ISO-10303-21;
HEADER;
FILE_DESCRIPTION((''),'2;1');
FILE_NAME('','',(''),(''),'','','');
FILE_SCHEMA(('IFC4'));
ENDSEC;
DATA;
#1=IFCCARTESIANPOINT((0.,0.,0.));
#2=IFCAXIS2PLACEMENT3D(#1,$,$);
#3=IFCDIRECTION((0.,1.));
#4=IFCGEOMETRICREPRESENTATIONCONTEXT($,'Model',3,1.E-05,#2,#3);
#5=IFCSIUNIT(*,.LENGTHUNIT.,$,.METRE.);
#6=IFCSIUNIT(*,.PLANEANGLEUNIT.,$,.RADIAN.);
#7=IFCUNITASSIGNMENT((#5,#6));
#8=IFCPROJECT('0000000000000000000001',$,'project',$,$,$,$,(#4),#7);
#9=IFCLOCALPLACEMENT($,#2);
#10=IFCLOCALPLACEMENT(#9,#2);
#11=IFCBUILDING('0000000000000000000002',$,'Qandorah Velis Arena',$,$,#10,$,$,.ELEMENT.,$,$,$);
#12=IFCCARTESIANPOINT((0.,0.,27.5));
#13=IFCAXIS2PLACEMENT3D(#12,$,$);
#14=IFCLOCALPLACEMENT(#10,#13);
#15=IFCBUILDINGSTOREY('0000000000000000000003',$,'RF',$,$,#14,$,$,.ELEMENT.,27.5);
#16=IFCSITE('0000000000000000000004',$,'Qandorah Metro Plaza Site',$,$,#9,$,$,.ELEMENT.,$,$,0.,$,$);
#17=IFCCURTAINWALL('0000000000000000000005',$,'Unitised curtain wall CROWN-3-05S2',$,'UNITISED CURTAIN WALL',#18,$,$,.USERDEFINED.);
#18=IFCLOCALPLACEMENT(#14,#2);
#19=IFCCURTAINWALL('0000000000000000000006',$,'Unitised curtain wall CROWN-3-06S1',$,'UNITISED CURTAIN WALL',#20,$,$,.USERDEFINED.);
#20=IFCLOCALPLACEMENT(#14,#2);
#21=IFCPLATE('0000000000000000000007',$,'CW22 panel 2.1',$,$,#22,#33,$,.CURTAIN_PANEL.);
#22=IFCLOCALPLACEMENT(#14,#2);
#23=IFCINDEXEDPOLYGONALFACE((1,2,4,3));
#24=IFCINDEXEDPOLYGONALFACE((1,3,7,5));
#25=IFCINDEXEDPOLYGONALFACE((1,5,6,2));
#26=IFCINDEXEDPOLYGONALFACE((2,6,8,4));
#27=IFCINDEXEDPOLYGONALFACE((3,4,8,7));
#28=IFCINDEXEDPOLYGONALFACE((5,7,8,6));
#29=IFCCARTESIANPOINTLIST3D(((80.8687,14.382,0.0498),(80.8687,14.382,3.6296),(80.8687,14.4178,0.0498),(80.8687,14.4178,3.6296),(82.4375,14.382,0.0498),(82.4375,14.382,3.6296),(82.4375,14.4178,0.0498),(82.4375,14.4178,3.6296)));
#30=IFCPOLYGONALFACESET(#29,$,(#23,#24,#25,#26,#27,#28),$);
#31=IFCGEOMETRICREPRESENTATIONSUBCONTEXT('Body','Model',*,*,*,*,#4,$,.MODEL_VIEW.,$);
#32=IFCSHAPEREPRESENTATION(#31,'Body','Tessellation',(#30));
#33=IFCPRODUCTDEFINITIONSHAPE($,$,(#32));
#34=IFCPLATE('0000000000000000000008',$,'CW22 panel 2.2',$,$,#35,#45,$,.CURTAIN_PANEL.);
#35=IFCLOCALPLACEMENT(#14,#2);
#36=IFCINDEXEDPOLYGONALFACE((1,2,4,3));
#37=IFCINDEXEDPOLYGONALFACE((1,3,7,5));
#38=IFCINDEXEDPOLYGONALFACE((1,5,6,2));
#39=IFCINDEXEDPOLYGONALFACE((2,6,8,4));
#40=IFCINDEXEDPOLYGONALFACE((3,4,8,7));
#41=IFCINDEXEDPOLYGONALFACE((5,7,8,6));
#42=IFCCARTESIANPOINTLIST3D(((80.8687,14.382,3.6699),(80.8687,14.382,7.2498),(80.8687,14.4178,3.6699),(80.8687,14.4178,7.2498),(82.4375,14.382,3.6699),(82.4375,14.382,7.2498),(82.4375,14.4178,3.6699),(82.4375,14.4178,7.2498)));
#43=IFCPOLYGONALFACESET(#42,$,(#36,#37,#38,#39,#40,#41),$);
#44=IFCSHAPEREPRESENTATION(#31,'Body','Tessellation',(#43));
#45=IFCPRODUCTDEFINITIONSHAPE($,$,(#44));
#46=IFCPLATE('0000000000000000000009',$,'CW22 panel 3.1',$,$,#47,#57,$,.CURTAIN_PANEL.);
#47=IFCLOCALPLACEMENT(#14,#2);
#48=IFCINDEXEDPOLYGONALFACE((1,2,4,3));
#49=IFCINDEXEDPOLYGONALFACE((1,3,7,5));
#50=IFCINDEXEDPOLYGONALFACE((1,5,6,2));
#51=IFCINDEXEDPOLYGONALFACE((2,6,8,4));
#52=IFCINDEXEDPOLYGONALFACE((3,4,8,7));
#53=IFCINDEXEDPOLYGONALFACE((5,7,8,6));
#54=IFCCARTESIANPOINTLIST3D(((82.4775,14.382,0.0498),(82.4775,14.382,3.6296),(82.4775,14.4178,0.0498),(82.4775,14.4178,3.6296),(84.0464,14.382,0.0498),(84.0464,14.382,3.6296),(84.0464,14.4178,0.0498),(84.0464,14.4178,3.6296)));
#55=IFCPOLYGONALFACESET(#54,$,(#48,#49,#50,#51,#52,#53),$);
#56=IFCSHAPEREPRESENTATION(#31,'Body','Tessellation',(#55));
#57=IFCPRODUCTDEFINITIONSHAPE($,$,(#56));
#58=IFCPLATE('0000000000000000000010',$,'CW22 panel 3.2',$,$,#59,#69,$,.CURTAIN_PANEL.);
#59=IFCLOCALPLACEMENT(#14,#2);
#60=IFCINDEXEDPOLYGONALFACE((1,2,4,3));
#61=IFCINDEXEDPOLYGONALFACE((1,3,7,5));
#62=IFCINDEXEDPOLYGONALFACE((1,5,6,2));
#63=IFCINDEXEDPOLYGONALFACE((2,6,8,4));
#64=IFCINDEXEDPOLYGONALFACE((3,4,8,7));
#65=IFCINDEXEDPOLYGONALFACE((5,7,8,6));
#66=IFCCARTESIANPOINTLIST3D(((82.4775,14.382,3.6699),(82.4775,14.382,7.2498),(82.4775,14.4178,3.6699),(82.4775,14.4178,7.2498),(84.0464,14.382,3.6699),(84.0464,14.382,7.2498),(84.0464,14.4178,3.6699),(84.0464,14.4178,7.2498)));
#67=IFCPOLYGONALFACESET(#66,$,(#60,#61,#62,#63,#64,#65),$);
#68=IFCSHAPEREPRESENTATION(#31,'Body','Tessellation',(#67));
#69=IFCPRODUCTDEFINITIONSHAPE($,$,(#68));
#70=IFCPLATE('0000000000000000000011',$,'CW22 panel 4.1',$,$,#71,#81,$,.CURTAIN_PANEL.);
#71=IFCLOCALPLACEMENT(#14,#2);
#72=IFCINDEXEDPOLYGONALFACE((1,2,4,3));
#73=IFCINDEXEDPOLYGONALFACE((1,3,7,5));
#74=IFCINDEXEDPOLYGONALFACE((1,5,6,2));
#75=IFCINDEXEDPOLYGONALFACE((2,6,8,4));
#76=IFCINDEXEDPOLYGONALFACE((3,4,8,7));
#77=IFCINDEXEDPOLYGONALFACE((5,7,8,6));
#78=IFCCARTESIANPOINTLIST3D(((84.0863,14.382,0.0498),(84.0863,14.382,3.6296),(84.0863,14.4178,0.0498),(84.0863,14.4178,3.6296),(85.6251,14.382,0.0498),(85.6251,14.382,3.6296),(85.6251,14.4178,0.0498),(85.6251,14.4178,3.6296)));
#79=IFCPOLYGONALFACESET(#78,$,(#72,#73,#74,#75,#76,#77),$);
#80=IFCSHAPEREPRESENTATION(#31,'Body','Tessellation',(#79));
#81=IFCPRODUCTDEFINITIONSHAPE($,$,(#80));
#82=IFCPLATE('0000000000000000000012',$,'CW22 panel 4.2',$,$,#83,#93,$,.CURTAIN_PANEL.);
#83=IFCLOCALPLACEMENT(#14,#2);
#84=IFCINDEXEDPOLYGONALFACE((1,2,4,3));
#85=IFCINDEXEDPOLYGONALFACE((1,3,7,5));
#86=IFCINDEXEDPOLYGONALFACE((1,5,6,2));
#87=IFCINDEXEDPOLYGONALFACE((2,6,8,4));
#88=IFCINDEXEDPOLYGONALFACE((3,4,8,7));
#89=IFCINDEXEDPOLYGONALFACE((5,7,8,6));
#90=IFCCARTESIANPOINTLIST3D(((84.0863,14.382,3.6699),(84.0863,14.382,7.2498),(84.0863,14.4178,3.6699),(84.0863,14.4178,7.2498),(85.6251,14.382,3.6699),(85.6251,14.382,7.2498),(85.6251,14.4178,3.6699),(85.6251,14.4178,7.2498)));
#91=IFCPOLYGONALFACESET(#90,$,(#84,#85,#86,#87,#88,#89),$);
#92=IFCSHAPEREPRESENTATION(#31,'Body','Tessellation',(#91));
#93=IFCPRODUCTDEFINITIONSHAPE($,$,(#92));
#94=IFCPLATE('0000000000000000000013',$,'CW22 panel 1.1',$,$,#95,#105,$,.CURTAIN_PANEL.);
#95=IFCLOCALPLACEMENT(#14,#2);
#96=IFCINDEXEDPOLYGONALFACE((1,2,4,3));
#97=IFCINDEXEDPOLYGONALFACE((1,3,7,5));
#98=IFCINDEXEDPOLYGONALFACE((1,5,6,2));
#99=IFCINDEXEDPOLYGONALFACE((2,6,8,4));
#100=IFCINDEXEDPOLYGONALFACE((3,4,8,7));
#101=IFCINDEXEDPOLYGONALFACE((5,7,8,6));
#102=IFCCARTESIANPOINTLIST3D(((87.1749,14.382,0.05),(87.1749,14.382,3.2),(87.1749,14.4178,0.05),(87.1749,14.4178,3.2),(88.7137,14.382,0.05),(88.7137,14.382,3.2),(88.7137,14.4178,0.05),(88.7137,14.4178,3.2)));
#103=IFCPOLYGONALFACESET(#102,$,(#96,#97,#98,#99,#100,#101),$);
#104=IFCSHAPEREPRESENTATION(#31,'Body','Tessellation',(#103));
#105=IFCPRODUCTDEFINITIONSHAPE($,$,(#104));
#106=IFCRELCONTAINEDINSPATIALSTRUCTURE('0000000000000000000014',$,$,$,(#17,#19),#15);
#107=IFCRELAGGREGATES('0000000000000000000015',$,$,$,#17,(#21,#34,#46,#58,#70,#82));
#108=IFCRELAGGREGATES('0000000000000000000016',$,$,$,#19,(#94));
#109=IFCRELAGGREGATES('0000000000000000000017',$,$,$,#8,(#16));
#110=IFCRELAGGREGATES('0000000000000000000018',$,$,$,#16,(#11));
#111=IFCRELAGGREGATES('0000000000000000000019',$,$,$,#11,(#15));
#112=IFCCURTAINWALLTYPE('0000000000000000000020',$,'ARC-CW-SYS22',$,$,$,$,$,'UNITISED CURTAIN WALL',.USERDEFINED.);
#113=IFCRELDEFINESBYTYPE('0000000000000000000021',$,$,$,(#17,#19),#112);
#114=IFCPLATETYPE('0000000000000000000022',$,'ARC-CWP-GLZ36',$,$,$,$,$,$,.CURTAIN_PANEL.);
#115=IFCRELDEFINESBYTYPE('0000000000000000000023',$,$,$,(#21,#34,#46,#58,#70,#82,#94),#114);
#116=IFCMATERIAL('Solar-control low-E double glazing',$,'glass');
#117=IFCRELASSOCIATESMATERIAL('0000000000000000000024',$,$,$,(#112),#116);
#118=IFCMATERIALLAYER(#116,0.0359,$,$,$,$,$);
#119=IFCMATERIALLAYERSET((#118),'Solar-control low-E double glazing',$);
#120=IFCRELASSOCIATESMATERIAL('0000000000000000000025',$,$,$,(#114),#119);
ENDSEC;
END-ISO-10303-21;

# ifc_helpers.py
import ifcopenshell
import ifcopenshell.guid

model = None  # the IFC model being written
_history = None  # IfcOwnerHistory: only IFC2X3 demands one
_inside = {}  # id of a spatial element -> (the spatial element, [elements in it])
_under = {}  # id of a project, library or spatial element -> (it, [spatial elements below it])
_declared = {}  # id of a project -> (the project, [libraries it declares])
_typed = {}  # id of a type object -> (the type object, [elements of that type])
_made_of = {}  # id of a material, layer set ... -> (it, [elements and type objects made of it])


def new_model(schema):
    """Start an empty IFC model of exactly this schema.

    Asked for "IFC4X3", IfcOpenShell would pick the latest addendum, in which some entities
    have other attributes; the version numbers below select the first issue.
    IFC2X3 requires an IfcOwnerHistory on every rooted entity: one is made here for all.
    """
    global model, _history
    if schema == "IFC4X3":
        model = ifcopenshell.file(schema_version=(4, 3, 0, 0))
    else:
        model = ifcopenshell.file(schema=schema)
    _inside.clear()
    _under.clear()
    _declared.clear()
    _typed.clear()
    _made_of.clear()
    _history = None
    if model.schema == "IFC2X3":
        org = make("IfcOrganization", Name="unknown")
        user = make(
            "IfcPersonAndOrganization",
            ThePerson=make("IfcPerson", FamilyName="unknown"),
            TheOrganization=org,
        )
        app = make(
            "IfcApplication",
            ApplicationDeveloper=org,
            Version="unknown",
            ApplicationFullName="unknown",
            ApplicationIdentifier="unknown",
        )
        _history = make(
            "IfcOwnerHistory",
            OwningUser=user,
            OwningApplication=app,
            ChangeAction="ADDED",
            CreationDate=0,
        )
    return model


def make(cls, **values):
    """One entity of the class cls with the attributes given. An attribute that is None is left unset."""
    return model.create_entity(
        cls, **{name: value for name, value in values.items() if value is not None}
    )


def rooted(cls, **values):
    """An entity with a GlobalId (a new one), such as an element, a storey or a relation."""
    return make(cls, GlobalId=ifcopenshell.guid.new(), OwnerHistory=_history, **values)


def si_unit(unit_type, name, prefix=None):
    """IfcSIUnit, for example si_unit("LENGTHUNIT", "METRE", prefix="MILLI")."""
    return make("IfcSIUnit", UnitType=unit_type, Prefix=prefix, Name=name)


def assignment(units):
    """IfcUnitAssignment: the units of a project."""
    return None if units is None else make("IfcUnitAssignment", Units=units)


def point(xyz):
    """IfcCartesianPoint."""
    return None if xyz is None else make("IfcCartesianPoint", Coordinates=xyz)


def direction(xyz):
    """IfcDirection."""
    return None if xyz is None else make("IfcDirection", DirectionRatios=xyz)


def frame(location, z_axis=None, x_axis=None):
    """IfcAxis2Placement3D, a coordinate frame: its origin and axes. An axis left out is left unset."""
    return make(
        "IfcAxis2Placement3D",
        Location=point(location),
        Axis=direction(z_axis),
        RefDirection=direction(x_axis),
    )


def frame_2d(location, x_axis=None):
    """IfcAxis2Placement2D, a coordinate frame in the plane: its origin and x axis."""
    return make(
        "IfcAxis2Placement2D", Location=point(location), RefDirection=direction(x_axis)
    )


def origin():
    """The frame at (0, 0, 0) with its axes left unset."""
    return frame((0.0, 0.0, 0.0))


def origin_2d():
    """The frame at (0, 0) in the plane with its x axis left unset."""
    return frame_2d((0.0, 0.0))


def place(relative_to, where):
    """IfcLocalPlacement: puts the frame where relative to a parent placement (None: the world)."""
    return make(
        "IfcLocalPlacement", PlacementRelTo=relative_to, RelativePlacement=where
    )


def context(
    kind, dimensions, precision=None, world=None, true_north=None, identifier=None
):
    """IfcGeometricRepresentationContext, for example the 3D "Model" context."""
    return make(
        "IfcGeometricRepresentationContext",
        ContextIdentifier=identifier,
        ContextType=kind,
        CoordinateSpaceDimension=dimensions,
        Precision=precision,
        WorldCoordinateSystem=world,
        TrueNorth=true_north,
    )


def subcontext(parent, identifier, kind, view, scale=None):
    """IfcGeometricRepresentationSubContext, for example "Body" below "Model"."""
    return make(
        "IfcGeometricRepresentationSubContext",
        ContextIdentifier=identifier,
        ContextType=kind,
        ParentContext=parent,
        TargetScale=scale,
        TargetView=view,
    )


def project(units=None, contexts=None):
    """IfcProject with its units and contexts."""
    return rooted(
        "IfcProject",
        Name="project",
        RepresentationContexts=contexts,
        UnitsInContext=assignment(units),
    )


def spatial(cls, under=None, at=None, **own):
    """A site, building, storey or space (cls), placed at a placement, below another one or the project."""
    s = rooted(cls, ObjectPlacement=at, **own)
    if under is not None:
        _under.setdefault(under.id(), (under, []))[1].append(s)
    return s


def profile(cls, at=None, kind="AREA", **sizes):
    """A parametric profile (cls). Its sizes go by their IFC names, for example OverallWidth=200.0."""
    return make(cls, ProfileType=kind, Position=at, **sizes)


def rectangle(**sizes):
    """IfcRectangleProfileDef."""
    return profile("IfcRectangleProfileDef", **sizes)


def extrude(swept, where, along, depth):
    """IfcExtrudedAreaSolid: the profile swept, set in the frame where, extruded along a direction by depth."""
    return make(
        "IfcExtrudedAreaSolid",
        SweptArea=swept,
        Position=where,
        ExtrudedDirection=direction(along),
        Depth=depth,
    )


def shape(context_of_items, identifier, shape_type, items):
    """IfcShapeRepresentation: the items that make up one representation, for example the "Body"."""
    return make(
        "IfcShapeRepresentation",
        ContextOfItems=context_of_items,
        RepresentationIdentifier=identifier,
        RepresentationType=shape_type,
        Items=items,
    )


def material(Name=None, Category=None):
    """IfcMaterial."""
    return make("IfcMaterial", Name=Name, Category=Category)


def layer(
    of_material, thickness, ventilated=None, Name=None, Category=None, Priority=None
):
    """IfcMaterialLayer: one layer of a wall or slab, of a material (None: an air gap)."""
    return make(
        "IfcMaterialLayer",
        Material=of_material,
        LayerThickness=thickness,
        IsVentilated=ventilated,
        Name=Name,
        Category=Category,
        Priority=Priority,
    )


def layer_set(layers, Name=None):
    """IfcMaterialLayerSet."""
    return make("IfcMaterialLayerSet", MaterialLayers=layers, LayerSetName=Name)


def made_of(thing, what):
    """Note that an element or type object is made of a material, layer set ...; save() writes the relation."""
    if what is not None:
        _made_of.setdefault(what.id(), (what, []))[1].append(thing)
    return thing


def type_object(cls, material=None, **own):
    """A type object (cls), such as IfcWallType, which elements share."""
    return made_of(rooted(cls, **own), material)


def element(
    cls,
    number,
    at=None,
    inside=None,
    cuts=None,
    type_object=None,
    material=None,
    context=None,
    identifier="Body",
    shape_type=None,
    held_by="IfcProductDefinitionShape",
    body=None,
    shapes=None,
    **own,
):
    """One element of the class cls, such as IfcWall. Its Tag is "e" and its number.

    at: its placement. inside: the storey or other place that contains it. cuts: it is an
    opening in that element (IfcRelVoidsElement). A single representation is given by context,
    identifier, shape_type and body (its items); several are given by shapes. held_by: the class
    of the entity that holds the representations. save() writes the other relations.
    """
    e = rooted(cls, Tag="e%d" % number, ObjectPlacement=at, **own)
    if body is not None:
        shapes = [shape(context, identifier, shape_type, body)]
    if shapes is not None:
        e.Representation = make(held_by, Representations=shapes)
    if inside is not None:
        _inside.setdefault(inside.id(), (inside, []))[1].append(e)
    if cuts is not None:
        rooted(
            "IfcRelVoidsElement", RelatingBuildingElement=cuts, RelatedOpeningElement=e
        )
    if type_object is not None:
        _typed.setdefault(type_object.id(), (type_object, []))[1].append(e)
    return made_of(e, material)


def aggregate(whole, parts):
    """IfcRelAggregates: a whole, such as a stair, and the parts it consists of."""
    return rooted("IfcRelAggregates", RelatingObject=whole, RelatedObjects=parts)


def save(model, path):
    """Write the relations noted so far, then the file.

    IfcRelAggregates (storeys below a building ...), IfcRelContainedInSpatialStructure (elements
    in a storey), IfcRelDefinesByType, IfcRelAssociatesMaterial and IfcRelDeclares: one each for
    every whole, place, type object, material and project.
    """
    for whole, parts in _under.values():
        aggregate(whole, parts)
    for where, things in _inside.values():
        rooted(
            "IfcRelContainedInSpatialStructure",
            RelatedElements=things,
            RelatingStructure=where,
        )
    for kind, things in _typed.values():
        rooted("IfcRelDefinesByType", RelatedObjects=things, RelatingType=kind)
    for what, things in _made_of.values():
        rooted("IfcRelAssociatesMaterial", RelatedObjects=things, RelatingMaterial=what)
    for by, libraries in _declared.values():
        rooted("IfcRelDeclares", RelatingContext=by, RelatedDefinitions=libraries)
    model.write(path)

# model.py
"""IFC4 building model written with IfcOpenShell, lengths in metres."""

from ifc_helpers import new_model, si_unit, direction, frame, origin, origin_2d, place, context, subcontext, project, spatial, rectangle, extrude, material, layer, layer_set, type_object, element, aggregate, save


model = new_model("IFC4")

# Units and contexts
model_context = context("Model", 3, precision=1e-05, world=origin(), true_north=direction((0.0, 1.0)))
body_context = subcontext(model_context, "Body", "Model", "MODEL_VIEW")
ifc_project = project(units=[si_unit("LENGTHUNIT", "METRE"), si_unit("PLANEANGLEUNIT", "RADIAN")], contexts=[model_context])

# Site, building, storey
site_placement = place(None, origin())
site = spatial("IfcSite", under=ifc_project, at=site_placement, Name="Qandorah Metro Plaza Site", CompositionType="ELEMENT", RefElevation=0.0)
building_placement = place(site_placement, origin())
building = spatial("IfcBuilding", under=site, at=building_placement, Name="Qandorah Velis Arena", CompositionType="ELEMENT")
storey_placement = place(building_placement, frame((0.0, 0.0, 27.5)))
storey = spatial("IfcBuildingStorey", under=building, at=storey_placement, Name="RF", CompositionType="ELEMENT", Elevation=27.5)

# Shared definitions
ifc_material_1 = material(Name="Solar-control low-E double glazing", Category="glass")

# Curtain wall
curtain_wall_type_1 = type_object("IfcCurtainWallType", Name="ARC-CW-SYS22", ElementType="UNITISED CURTAIN WALL", PredefinedType="USERDEFINED", material=ifc_material_1)
curtain_wall_1_placement = place(storey_placement, origin())
curtain_wall_1 = element("IfcCurtainWall", 1, at=curtain_wall_1_placement, inside=storey, type_object=curtain_wall_type_1, Name="Unitised curtain wall CROWN-3-05S2", ObjectType="UNITISED CURTAIN WALL", PredefinedType="USERDEFINED")

# Curtain wall
curtain_wall_2_placement = place(storey_placement, origin())
curtain_wall_2 = element("IfcCurtainWall", 2, at=curtain_wall_2_placement, inside=storey, type_object=curtain_wall_type_1, Name="Unitised curtain wall CROWN-3-06S1", ObjectType="UNITISED CURTAIN WALL", PredefinedType="USERDEFINED")

# Plates
ifc_layer = layer(ifc_material_1, 0.0359)
ifc_layer_set = layer_set([ifc_layer], Name="Solar-control low-E double glazing")
plate_type = type_object("IfcPlateType", Name="ARC-CWP-GLZ36", PredefinedType="CURTAIN_PANEL", material=ifc_layer_set)
plate_1_placement = place(storey_placement, frame((81.6531, 14.3999, 0.0498), z_axis=(0.0, 0.0, 1.0), x_axis=(1.0, 0.0, 0.0)))
plate_1 = element("IfcPlate", 3, at=plate_1_placement, type_object=plate_type, Name="CW22 panel 2.1", PredefinedType="CURTAIN_PANEL", context=body_context, shape_type="SweptSolid", body=[
    extrude(rectangle(XDim=1.5688, YDim=0.0359, at=origin_2d()), origin(), (0.0, 0.0, 1.0), 3.5798),
])
plate_2_placement = place(storey_placement, frame((81.6531, 14.3999, 3.6699), z_axis=(0.0, 0.0, 1.0), x_axis=(1.0, 0.0, 0.0)))
plate_2 = element("IfcPlate", 4, at=plate_2_placement, type_object=plate_type, Name="CW22 panel 2.2", PredefinedType="CURTAIN_PANEL", context=body_context, shape_type="SweptSolid", body=[
    extrude(rectangle(XDim=1.5688, YDim=0.0359, at=origin_2d()), origin(), (0.0, 0.0, 1.0), 3.5798),
])
plate_3_placement = place(storey_placement, frame((83.262, 14.3999, 0.0498), z_axis=(0.0, 0.0, 1.0), x_axis=(1.0, 0.0, 0.0)))
plate_3 = element("IfcPlate", 5, at=plate_3_placement, type_object=plate_type, Name="CW22 panel 3.1", PredefinedType="CURTAIN_PANEL", context=body_context, shape_type="SweptSolid", body=[
    extrude(rectangle(XDim=1.5688, YDim=0.0359, at=origin_2d()), origin(), (0.0, 0.0, 1.0), 3.5798),
])
plate_4_placement = place(storey_placement, frame((83.262, 14.3999, 3.6699), z_axis=(0.0, 0.0, 1.0), x_axis=(1.0, 0.0, 0.0)))
plate_4 = element("IfcPlate", 6, at=plate_4_placement, type_object=plate_type, Name="CW22 panel 3.2", PredefinedType="CURTAIN_PANEL", context=body_context, shape_type="SweptSolid", body=[
    extrude(rectangle(XDim=1.5688, YDim=0.0359, at=origin_2d()), origin(), (0.0, 0.0, 1.0), 3.5798),
])
plate_5_placement = place(storey_placement, frame((84.8557, 14.3999, 0.0498), z_axis=(0.0, 0.0, 1.0), x_axis=(1.0, 0.0, 0.0)))
plate_5 = element("IfcPlate", 7, at=plate_5_placement, type_object=plate_type, Name="CW22 panel 4.1", PredefinedType="CURTAIN_PANEL", context=body_context, shape_type="SweptSolid", body=[
    extrude(rectangle(XDim=1.5388, YDim=0.0359, at=origin_2d()), origin(), (0.0, 0.0, 1.0), 3.5798),
])
plate_6_placement = place(storey_placement, frame((84.8557, 14.3999, 3.6699), z_axis=(0.0, 0.0, 1.0), x_axis=(1.0, 0.0, 0.0)))
plate_6 = element("IfcPlate", 8, at=plate_6_placement, type_object=plate_type, Name="CW22 panel 4.2", PredefinedType="CURTAIN_PANEL", context=body_context, shape_type="SweptSolid", body=[
    extrude(rectangle(XDim=1.5388, YDim=0.0359, at=origin_2d()), origin(), (0.0, 0.0, 1.0), 3.5798),
])
aggregate(curtain_wall_1, [plate_1, plate_2, plate_3, plate_4, plate_5, plate_6])
plate_7_placement = place(storey_placement, frame((87.9443, 14.3999, 0.05), z_axis=(0.0, 0.0, 1.0), x_axis=(1.0, 0.0, 0.0)))
plate_7 = element("IfcPlate", 9, at=plate_7_placement, type_object=plate_type, Name="CW22 panel 1.1", PredefinedType="CURTAIN_PANEL", context=body_context, shape_type="SweptSolid", body=[
    extrude(rectangle(XDim=1.5388, YDim=0.0359, at=origin_2d()), origin(), (0.0, 0.0, 1.0), 3.1499),
])
aggregate(curtain_wall_2, [plate_7])

save(model, "model.ifc")
